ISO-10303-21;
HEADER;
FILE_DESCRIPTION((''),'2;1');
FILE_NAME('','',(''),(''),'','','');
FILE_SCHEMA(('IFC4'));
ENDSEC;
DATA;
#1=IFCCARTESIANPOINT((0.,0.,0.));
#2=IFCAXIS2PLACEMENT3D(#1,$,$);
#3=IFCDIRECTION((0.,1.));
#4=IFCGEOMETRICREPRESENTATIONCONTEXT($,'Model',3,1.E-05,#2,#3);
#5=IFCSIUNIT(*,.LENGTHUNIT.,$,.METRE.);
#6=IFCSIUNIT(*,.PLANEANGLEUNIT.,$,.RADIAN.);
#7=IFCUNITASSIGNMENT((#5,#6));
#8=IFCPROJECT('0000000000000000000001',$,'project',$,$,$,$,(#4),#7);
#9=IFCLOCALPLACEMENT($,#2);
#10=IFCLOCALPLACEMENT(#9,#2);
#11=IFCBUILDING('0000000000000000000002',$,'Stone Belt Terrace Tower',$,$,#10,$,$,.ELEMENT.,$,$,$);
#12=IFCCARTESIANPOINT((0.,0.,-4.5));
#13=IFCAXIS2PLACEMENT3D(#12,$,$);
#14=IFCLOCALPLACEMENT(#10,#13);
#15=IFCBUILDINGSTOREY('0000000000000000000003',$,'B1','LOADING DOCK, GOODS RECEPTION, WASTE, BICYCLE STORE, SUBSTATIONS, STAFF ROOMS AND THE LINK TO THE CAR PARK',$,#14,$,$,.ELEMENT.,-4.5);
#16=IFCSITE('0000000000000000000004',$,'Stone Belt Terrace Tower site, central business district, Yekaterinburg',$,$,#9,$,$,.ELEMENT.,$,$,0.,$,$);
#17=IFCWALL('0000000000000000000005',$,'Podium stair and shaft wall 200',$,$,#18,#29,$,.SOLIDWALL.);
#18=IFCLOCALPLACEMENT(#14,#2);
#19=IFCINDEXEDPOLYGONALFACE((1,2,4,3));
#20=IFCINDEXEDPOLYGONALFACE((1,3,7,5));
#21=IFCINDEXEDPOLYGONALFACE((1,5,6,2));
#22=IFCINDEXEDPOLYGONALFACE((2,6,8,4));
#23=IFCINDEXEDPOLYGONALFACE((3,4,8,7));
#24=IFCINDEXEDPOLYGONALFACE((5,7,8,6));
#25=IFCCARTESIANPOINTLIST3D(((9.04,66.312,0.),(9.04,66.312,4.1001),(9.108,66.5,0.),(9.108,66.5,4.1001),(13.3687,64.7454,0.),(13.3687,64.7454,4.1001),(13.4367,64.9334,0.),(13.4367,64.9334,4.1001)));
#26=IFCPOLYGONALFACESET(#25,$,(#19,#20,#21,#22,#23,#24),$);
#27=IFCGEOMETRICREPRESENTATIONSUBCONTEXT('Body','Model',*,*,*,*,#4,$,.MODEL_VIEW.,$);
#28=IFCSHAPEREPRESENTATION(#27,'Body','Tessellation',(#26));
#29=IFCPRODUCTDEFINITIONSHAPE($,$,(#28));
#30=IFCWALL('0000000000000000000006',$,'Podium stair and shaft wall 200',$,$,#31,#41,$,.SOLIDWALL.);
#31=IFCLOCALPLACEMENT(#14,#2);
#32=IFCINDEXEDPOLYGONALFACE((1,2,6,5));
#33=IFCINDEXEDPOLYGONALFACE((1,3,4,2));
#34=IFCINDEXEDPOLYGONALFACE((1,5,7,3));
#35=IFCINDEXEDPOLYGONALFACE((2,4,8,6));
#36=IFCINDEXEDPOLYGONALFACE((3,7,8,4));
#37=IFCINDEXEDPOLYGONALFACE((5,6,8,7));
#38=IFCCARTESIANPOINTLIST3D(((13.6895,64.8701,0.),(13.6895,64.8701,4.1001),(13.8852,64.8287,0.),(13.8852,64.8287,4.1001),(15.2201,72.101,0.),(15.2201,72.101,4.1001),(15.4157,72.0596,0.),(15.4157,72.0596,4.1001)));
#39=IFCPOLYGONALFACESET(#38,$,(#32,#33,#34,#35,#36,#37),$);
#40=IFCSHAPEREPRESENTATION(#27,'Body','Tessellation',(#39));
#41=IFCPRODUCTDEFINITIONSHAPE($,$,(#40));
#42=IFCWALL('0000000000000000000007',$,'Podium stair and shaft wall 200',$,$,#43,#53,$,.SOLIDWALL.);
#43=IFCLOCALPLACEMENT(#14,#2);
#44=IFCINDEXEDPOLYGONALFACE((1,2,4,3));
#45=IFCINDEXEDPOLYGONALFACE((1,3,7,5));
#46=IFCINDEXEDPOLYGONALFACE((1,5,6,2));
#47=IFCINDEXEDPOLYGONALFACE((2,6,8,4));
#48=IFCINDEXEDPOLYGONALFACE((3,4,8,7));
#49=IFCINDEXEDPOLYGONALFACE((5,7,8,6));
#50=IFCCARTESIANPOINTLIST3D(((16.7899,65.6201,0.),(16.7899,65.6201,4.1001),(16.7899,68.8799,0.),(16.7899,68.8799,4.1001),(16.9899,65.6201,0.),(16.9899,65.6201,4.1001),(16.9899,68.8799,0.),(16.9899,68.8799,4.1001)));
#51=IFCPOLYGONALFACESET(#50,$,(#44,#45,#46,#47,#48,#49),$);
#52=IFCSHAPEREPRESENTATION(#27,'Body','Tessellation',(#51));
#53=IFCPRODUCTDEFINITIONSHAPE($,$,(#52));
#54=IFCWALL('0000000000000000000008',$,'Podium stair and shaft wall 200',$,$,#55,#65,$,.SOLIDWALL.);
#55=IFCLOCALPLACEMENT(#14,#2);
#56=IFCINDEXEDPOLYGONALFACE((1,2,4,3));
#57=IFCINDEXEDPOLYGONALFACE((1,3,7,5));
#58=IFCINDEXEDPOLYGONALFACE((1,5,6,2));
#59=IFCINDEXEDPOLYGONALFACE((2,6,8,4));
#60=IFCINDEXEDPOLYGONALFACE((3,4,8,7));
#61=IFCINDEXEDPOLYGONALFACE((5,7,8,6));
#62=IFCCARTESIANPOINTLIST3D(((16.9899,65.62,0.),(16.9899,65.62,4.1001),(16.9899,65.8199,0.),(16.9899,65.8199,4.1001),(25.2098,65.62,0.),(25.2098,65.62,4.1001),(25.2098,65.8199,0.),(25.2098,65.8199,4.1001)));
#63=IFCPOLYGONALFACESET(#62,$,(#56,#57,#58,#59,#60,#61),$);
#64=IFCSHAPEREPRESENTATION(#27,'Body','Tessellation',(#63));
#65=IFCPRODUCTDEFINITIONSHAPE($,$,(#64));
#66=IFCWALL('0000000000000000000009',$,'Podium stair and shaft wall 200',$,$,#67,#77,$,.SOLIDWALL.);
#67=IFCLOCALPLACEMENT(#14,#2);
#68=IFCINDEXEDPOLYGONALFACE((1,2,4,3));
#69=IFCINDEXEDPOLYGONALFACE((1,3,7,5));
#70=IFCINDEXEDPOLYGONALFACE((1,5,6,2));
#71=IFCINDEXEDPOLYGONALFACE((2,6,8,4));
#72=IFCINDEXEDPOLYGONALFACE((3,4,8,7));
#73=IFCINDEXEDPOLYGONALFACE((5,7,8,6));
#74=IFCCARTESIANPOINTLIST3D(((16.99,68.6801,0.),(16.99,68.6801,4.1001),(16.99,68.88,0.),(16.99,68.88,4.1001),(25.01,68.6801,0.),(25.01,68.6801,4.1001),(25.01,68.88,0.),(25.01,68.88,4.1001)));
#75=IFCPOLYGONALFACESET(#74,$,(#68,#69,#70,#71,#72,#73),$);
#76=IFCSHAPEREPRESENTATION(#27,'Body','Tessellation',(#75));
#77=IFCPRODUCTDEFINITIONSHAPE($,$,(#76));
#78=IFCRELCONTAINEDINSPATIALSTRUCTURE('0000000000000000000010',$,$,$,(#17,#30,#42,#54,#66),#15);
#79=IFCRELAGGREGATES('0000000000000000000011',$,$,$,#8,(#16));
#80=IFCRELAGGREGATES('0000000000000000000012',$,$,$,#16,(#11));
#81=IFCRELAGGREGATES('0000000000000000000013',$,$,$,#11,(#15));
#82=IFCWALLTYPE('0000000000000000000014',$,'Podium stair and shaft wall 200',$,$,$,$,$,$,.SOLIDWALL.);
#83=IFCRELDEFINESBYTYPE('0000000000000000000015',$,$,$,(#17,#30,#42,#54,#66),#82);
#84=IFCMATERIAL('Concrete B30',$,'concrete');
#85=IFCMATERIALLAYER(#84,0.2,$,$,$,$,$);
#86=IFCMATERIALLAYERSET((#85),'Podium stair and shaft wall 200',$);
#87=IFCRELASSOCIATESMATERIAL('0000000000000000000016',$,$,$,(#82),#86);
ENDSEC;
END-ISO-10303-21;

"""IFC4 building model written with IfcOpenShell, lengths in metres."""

from ifc_helpers import new_model, si_unit, direction, frame, frame_2d, origin, place, context, subcontext, project, spatial, rectangle, extrude, material, layer, layer_set, type_object, element, save


model = new_model("IFC4")

# Units and contexts
model_context = context("Model", 3, precision=1e-05, world=origin(), true_north=direction((0.0, 1.0)))
body_context = subcontext(model_context, "Body", "Model", "MODEL_VIEW")
ifc_project = project(units=[si_unit("LENGTHUNIT", "METRE"), si_unit("PLANEANGLEUNIT", "RADIAN")], contexts=[model_context])

# Site, building, storey
site_placement = place(None, origin())
site = spatial("IfcSite", under=ifc_project, at=site_placement, Name="Stone Belt Terrace Tower site, central business district, Yekaterinburg", CompositionType="ELEMENT", RefElevation=0.0)
building_placement = place(site_placement, origin())
building = spatial("IfcBuilding", under=site, at=building_placement, Name="Stone Belt Terrace Tower", CompositionType="ELEMENT")
storey_placement = place(building_placement, frame((0.0, 0.0, -4.5)))
storey = spatial("IfcBuildingStorey", under=building, at=storey_placement, Name="B1", Description="LOADING DOCK, GOODS RECEPTION, WASTE, BICYCLE STORE, SUBSTATIONS, STAFF ROOMS AND THE LINK TO THE CAR PARK", CompositionType="ELEMENT", Elevation=-4.5)

# Walls
ifc_material_1 = material(Name="Concrete B30", Category="concrete")
ifc_layer_1 = layer(ifc_material_1, 0.2)
ifc_layer_set_1 = layer_set([ifc_layer_1], Name="Podium stair and shaft wall 200")
wall_type_1 = type_object("IfcWallType", Name="Podium stair and shaft wall 200", PredefinedType="SOLIDWALL", material=ifc_layer_set_1)
wall_1_placement = place(storey_placement, frame((9.074, 66.406, 0.0), z_axis=(0.0, 0.0, 1.0), x_axis=(0.940314, -0.340308, 0.0)))
element("IfcWall", 1, at=wall_1_placement, inside=storey, type_object=wall_type_1, Name="Podium stair and shaft wall 200", PredefinedType="SOLIDWALL", context=body_context, shape_type="SweptSolid", body=[
    extrude(rectangle(XDim=4.6035, YDim=0.2, at=frame_2d((2.3018, 0.0))), origin(), (0.0, 0.0, 1.0), 4.1001),
])
wall_2_placement = place(storey_placement, frame((13.7874, 64.8494, 0.0), z_axis=(0.0, 0.0, 1.0), x_axis=(0.207074, 0.978325, 0.0)))
element("IfcWall", 2, at=wall_2_placement, inside=storey, type_object=wall_type_1, Name="Podium stair and shaft wall 200", PredefinedType="SOLIDWALL", context=body_context, shape_type="SweptSolid", body=[
    extrude(rectangle(XDim=7.3911, YDim=0.2, at=frame_2d((3.6956, 0.0))), origin(), (0.0, 0.0, 1.0), 4.1001),
])
wall_3_placement = place(storey_placement, frame((16.8899, 65.6201, 0.0), z_axis=(0.0, 0.0, 1.0), x_axis=(0.0, 1.0, 0.0)))
element("IfcWall", 3, at=wall_3_placement, inside=storey, type_object=wall_type_1, Name="Podium stair and shaft wall 200", PredefinedType="SOLIDWALL", context=body_context, shape_type="SweptSolid", body=[
    extrude(rectangle(XDim=3.2598, YDim=0.2, at=frame_2d((1.6299, 0.0))), origin(), (0.0, 0.0, 1.0), 4.1001),
])
wall_4_placement = place(storey_placement, frame((16.99, 65.72, 0.0), z_axis=(0.0, 0.0, 1.0), x_axis=(1.0, 0.0, 0.0)))
element("IfcWall", 4, at=wall_4_placement, inside=storey, type_object=wall_type_1, Name="Podium stair and shaft wall 200", PredefinedType="SOLIDWALL", context=body_context, shape_type="SweptSolid", body=[
    extrude(rectangle(XDim=8.22, YDim=0.2, at=frame_2d((4.1099, 0.0))), origin(), (0.0, 0.0, 1.0), 4.1001),
])
wall_5_placement = place(storey_placement, frame((16.99, 68.78, 0.0), z_axis=(0.0, 0.0, 1.0), x_axis=(1.0, 0.0, 0.0)))
element("IfcWall", 5, at=wall_5_placement, inside=storey, type_object=wall_type_1, Name="Podium stair and shaft wall 200", PredefinedType="SOLIDWALL", context=body_context, shape_type="SweptSolid", body=[
    extrude(rectangle(XDim=8.02, YDim=0.2, at=frame_2d((4.01, 0.0))), origin(), (0.0, 0.0, 1.0), 4.1001),
])

save(model, "model.ifc")
